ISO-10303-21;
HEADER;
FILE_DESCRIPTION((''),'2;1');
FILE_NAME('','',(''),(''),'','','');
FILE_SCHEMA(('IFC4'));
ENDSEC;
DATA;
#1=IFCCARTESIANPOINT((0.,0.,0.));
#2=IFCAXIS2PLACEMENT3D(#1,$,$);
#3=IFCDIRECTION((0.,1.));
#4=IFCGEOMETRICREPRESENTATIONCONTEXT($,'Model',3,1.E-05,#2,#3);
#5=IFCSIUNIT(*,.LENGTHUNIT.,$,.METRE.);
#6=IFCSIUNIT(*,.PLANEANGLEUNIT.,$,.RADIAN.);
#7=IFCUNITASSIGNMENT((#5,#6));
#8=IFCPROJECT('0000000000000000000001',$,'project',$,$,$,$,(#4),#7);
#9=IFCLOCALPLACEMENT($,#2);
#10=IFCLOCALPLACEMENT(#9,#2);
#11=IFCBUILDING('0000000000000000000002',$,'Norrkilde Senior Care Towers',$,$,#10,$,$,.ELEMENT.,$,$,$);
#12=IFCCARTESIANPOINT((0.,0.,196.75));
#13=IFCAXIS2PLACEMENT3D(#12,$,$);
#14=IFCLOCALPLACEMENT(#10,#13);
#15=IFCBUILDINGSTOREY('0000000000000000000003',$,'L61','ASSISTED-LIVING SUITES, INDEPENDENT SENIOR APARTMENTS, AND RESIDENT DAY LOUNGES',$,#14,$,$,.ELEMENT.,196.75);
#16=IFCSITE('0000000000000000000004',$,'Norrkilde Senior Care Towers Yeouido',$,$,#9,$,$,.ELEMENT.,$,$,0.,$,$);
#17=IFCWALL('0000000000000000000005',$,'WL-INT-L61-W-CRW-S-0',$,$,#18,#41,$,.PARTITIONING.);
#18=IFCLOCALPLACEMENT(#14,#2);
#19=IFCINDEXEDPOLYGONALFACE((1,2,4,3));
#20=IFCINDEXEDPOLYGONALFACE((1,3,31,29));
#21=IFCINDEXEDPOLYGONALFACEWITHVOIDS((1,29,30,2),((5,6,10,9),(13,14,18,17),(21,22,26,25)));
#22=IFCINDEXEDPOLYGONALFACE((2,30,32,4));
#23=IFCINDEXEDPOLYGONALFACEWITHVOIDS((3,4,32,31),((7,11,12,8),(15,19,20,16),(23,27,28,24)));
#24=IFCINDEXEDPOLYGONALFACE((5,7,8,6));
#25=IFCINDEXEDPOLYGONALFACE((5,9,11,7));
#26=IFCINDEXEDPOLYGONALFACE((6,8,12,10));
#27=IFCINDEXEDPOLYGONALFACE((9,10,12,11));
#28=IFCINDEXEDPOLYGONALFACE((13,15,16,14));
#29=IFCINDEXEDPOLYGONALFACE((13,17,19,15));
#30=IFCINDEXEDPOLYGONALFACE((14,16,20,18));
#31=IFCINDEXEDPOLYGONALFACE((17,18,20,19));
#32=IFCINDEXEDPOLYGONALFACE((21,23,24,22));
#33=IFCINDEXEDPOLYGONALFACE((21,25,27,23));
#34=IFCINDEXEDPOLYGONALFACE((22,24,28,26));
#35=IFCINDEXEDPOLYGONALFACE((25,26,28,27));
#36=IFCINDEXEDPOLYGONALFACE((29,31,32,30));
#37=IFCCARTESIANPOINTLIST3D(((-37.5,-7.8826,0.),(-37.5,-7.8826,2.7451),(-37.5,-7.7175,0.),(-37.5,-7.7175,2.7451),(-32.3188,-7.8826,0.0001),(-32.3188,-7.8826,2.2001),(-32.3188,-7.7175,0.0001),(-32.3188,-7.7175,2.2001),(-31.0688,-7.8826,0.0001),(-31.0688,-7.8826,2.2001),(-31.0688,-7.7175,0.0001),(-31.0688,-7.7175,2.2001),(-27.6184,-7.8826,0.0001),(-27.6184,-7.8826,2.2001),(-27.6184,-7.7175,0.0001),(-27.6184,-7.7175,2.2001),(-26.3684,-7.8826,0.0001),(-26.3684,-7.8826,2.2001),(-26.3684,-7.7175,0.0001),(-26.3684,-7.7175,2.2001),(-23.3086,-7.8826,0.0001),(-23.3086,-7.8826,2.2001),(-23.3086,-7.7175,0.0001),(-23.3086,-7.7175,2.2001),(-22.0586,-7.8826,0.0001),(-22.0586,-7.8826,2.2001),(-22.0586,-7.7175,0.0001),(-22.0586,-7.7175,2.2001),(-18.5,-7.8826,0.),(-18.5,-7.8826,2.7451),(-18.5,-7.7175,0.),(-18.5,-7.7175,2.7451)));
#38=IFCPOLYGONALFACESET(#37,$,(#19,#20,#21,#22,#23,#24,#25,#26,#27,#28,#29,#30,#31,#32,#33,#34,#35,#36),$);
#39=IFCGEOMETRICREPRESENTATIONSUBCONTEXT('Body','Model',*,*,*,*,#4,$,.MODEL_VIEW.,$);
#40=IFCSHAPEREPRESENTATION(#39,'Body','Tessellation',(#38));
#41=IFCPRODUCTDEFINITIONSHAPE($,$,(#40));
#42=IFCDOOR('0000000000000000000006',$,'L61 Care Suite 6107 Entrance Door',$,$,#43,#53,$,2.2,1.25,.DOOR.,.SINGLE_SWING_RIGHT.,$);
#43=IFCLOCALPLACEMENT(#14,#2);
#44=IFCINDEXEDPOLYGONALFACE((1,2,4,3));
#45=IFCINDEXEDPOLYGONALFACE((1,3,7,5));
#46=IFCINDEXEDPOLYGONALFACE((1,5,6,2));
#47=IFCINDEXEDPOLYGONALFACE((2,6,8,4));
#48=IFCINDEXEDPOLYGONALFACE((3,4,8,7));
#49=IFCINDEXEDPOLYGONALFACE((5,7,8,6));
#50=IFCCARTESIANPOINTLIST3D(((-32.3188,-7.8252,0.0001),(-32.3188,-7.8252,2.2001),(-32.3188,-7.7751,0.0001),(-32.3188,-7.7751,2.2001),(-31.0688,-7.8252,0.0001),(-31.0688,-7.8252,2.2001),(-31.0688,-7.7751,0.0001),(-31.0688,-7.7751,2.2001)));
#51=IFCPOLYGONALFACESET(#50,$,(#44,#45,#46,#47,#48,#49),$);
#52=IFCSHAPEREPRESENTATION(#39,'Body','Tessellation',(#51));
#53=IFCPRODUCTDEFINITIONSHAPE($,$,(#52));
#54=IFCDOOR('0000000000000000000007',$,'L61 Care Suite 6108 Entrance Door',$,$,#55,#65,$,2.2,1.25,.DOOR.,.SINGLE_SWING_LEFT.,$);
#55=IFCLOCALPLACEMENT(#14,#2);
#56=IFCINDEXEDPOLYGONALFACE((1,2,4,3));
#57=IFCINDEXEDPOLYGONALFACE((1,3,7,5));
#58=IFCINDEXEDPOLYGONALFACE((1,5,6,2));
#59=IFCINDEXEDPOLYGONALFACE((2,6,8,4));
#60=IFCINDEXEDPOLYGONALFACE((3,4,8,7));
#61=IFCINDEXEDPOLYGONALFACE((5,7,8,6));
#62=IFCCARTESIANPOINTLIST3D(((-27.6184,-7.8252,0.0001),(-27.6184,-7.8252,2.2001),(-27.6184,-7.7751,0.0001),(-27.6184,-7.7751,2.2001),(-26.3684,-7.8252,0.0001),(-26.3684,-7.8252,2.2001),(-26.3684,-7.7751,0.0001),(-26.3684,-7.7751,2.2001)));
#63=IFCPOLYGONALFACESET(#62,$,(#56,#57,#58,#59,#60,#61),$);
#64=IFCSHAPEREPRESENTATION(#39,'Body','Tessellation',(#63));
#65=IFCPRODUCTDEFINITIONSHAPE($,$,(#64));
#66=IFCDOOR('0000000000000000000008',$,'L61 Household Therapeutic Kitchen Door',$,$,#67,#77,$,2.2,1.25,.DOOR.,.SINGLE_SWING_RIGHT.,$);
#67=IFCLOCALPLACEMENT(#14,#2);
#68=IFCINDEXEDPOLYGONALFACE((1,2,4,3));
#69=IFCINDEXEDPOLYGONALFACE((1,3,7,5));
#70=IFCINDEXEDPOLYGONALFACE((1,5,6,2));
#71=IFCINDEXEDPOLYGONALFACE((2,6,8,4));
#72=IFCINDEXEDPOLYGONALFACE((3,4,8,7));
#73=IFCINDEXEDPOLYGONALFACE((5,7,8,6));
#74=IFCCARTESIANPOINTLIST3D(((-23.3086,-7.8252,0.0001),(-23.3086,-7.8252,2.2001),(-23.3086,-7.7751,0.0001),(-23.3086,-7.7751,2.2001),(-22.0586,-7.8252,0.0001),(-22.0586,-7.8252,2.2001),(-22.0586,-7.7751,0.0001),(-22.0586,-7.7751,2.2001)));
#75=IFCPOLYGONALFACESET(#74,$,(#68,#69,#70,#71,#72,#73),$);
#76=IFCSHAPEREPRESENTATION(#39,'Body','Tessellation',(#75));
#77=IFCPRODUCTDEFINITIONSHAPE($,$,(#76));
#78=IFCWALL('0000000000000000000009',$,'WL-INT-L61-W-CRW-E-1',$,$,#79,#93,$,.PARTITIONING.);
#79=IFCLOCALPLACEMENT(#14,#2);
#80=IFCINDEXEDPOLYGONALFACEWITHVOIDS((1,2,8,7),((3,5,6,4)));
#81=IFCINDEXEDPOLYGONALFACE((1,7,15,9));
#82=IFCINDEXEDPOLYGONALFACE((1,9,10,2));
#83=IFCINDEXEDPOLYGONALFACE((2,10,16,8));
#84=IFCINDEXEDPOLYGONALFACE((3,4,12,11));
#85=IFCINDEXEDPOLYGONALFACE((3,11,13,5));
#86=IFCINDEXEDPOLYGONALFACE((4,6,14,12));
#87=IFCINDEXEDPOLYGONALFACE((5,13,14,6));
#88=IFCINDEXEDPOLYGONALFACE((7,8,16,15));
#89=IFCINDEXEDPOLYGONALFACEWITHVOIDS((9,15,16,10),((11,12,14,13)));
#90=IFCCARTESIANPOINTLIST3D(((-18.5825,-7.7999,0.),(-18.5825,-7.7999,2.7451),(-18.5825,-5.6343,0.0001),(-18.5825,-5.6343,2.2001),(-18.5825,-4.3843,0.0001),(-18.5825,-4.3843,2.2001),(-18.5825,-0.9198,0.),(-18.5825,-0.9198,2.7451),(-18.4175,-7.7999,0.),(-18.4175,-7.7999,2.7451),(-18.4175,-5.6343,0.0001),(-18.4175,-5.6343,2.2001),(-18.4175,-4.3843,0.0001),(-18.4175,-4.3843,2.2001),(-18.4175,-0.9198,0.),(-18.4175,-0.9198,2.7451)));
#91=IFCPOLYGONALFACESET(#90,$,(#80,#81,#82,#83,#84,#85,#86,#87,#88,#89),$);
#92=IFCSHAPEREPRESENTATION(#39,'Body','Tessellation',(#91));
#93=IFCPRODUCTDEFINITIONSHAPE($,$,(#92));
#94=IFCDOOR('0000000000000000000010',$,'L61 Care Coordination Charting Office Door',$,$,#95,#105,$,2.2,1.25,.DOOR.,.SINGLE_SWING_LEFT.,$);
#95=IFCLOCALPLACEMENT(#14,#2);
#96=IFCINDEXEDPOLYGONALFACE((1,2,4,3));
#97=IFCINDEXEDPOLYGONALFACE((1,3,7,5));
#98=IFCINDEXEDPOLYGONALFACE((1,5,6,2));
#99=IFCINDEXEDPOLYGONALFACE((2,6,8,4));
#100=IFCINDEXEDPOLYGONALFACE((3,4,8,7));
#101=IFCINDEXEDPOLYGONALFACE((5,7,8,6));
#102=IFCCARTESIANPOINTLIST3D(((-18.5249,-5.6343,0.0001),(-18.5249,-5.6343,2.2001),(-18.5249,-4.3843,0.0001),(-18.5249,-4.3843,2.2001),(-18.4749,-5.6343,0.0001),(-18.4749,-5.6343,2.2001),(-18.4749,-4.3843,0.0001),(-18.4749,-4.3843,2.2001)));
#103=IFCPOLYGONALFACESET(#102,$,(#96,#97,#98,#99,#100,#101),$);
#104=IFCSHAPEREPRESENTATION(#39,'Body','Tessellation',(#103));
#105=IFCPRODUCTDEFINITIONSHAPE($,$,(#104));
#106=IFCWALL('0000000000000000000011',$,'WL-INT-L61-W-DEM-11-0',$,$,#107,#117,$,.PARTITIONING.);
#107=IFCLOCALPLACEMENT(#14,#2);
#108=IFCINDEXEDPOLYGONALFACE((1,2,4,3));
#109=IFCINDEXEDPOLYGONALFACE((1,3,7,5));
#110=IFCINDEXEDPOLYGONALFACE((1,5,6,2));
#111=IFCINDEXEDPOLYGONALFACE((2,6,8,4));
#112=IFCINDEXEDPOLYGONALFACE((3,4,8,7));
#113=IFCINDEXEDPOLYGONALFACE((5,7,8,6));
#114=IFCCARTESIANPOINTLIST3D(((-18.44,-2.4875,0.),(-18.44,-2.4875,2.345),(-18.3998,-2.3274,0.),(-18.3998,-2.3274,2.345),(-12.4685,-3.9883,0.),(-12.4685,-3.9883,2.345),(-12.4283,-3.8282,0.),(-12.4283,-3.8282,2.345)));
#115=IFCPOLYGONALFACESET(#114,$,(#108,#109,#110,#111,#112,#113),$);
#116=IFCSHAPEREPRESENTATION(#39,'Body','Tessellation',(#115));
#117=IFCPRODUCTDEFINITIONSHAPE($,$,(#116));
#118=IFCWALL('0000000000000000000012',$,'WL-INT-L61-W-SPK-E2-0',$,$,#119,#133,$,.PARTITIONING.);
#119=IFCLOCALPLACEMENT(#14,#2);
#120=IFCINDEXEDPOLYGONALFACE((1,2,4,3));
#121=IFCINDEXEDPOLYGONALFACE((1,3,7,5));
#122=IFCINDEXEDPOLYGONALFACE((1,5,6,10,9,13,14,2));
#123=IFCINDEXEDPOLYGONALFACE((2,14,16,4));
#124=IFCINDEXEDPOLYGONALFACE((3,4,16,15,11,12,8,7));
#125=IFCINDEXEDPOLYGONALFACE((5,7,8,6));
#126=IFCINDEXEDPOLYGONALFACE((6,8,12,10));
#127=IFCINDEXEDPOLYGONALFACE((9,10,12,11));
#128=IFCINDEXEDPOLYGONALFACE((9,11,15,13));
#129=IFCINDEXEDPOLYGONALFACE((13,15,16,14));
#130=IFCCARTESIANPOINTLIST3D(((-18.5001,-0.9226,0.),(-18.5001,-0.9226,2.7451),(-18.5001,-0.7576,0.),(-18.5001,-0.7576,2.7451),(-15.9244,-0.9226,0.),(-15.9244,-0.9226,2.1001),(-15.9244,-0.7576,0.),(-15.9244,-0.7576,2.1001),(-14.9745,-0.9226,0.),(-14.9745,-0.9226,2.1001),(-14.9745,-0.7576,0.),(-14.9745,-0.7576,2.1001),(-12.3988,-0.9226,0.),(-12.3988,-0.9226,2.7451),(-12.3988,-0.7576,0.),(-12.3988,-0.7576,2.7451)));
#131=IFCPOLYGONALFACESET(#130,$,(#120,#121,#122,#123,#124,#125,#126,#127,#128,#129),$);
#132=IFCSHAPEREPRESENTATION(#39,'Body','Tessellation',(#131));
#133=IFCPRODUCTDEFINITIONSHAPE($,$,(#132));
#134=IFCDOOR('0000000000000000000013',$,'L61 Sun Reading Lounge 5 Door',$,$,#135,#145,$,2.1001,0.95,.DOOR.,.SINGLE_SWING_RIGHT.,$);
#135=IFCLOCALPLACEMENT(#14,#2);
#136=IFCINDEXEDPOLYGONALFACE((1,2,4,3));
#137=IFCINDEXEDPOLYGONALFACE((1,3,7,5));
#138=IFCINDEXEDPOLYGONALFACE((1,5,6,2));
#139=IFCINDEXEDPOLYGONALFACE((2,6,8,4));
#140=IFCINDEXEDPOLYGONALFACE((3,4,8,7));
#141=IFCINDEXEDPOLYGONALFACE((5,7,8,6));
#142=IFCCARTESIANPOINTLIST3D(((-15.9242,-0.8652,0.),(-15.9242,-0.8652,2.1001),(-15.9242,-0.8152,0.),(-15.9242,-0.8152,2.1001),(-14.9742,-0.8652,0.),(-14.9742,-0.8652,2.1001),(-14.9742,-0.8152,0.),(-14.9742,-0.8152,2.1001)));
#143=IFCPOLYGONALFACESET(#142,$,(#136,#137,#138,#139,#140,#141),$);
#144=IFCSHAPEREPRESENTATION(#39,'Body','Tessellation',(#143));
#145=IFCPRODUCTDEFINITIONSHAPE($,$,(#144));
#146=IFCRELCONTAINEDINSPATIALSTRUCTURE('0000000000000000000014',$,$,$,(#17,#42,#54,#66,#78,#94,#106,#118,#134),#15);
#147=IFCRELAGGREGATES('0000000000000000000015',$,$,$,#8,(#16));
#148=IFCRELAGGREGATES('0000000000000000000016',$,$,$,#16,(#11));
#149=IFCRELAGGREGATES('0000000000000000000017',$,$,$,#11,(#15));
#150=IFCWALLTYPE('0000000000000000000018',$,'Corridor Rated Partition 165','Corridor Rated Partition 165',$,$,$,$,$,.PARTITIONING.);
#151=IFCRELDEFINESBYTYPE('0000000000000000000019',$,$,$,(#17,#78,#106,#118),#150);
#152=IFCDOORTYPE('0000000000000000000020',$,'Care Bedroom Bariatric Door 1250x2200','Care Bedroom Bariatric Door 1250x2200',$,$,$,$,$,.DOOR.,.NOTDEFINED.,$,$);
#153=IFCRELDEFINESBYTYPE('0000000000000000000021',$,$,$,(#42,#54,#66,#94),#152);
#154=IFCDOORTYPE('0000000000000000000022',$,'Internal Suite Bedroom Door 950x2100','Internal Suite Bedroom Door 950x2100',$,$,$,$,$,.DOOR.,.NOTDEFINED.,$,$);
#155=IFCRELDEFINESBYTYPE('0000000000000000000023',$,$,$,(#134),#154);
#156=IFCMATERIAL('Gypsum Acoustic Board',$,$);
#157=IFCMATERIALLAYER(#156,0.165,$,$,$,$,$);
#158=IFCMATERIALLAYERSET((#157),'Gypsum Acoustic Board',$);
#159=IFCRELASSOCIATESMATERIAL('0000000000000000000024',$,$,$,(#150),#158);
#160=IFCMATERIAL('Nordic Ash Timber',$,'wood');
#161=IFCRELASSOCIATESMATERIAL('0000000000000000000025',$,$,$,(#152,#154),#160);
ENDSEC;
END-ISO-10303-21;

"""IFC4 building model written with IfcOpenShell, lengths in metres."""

from ifc_helpers import new_model, si_unit, direction, frame, frame_2d, origin, place, context, subcontext, project, spatial, rectangle, extrude, source, transform, mapped, material, layer, layer_set, type_object, type_shapes, element, fill, save


model = new_model("IFC4")

# Units and contexts
model_context = context("Model", 3, precision=1e-05, world=origin(), true_north=direction((0.0, 1.0)))
body_context = subcontext(model_context, "Body", "Model", "MODEL_VIEW")
ifc_project = project(units=[si_unit("LENGTHUNIT", "METRE"), si_unit("PLANEANGLEUNIT", "RADIAN")], contexts=[model_context])

# Site, building, storey
site_placement = place(None, origin())
site = spatial("IfcSite", under=ifc_project, at=site_placement, Name="Norrkilde Senior Care Towers Yeouido", CompositionType="ELEMENT", RefElevation=0.0)
building_placement = place(site_placement, origin())
building = spatial("IfcBuilding", under=site, at=building_placement, Name="Norrkilde Senior Care Towers", CompositionType="ELEMENT")
storey_placement = place(building_placement, frame((0.0, 0.0, 196.75)))
storey = spatial("IfcBuildingStorey", under=building, at=storey_placement, Name="L61", Description="ASSISTED-LIVING SUITES, INDEPENDENT SENIOR APARTMENTS, AND RESIDENT DAY LOUNGES", CompositionType="ELEMENT", Elevation=196.75)

# Wall, openings, doors
ifc_material_1 = material(Name="Gypsum Acoustic Board")
ifc_layer_1 = layer(ifc_material_1, 0.165)
ifc_layer_set_1 = layer_set([ifc_layer_1], Name="Gypsum Acoustic Board")
wall_type_1 = type_object("IfcWallType", Name="Corridor Rated Partition 165", Description="Corridor Rated Partition 165", PredefinedType="PARTITIONING", material=ifc_layer_set_1)
shared_shape_1 = source(origin(), body_context, "Body", "SweptSolid", [
    extrude(rectangle(XDim=19.0, YDim=0.165, at=frame_2d((9.5, 0.0))), origin(), (0.0, 0.0, 1.0), 2.7451),
])
wall_1_placement = place(storey_placement, frame((-18.5, -7.8, 0.0), z_axis=(0.0, 0.0, 1.0), x_axis=(-1.0, 0.0, 0.0)))
wall_1 = element("IfcWall", 1, at=wall_1_placement, inside=storey, type_object=wall_type_1, Name="WL-INT-L61-W-CRW-S-0", PredefinedType="PARTITIONING", context=body_context, shape_type="MappedRepresentation", body=[
    mapped(shared_shape_1, transform((0.0, 0.0, 0.0), x_axis=(1.0, 0.0, 0.0), y_axis=(0.0, 1.0, 0.0), z_axis=(0.0, 0.0, 1.0), scale=1.0)),
])
opening_1_placement = place(wall_1_placement, frame((12.5688, 0.0, 0.0)))
opening_1 = element("IfcOpeningElement", 2, at=opening_1_placement, cuts=wall_1, PredefinedType="OPENING", context=body_context, shape_type="SweptSolid", body=[
    extrude(rectangle(XDim=1.25, YDim=2.2, at=frame_2d((0.625, 1.1001))), frame((0.0, 0.0925, 0.0), z_axis=(0.0, -1.0, 0.0), x_axis=(1.0, 0.0, 0.0)), (0.0, 0.0, 1.0), 0.1851),
])
opening_2_placement = place(wall_1_placement, frame((7.8684, 0.0, 0.0)))
opening_2 = element("IfcOpeningElement", 3, at=opening_2_placement, cuts=wall_1, PredefinedType="OPENING", context=body_context, shape_type="SweptSolid", body=[
    extrude(rectangle(XDim=1.25, YDim=2.2, at=frame_2d((0.625, 1.1001))), frame((0.0, 0.0925, 0.0), z_axis=(0.0, -1.0, 0.0), x_axis=(1.0, 0.0, 0.0)), (0.0, 0.0, 1.0), 0.1851),
])
opening_3_placement = place(wall_1_placement, frame((3.5586, 0.0, 0.0)))
opening_3 = element("IfcOpeningElement", 4, at=opening_3_placement, cuts=wall_1, PredefinedType="OPENING", context=body_context, shape_type="SweptSolid", body=[
    extrude(rectangle(XDim=1.25, YDim=2.2, at=frame_2d((0.625, 1.1001))), frame((0.0, 0.0925, 0.0), z_axis=(0.0, -1.0, 0.0), x_axis=(1.0, 0.0, 0.0)), (0.0, 0.0, 1.0), 0.1851),
])
ifc_material_2 = material(Name="Nordic Ash Timber", Category="wood")
door_type_1 = type_object("IfcDoorType", Name="Care Bedroom Bariatric Door 1250x2200", Description="Care Bedroom Bariatric Door 1250x2200", OperationType="NOTDEFINED", PredefinedType="DOOR", material=ifc_material_2)
shared_shape_2 = source(origin(), body_context, "Body", "SweptSolid", [
    extrude(rectangle(XDim=1.25, YDim=2.2, at=frame_2d((0.625, 1.1001))), frame((0.0, 0.0249, 0.0), z_axis=(0.0, -1.0, 0.0), x_axis=(1.0, 0.0, 0.0)), (0.0, 0.0, 1.0), 0.05),
])
type_shapes(door_type_1, [shared_shape_2])
door_1_placement = place(opening_1_placement, frame((1.25, 0.0, 0.0), z_axis=(0.0, 0.0, 1.0), x_axis=(-1.0, 0.0, 0.0)))
door_1 = element("IfcDoor", 5, at=door_1_placement, inside=storey, type_object=door_type_1, Name="L61 Care Suite 6107 Entrance Door", OperationType="SINGLE_SWING_RIGHT", OverallHeight=2.2, OverallWidth=1.25, PredefinedType="DOOR", context=body_context, shape_type="MappedRepresentation", body=[
    mapped(shared_shape_2, transform((0.0, 0.0, 0.0), x_axis=(1.0, 0.0, 0.0), y_axis=(0.0, 1.0, 0.0), z_axis=(0.0, 0.0, 1.0), scale=1.0)),
])
fill(opening_1, door_1)
door_2_placement = place(opening_2_placement, frame((1.25, 0.0, 0.0), z_axis=(0.0, 0.0, 1.0), x_axis=(-1.0, 0.0, 0.0)))
door_2 = element("IfcDoor", 6, at=door_2_placement, inside=storey, type_object=door_type_1, Name="L61 Care Suite 6108 Entrance Door", OperationType="SINGLE_SWING_LEFT", OverallHeight=2.2, OverallWidth=1.25, PredefinedType="DOOR", context=body_context, shape_type="MappedRepresentation", body=[
    mapped(shared_shape_2, transform((0.0, 0.0, 0.0), x_axis=(1.0, 0.0, 0.0), y_axis=(0.0, 1.0, 0.0), z_axis=(0.0, 0.0, 1.0), scale=1.0)),
])
fill(opening_2, door_2)
door_3_placement = place(opening_3_placement, frame((1.25, 0.0, 0.0), z_axis=(0.0, 0.0, 1.0), x_axis=(-1.0, 0.0, 0.0)))
door_3 = element("IfcDoor", 7, at=door_3_placement, inside=storey, type_object=door_type_1, Name="L61 Household Therapeutic Kitchen Door", OperationType="SINGLE_SWING_RIGHT", OverallHeight=2.2, OverallWidth=1.25, PredefinedType="DOOR", context=body_context, shape_type="MappedRepresentation", body=[
    mapped(shared_shape_2, transform((0.0, 0.0, 0.0), x_axis=(1.0, 0.0, 0.0), y_axis=(0.0, 1.0, 0.0), z_axis=(0.0, 0.0, 1.0), scale=1.0)),
])
fill(opening_3, door_3)

# Wall, opening, door
shared_shape_3 = source(origin(), body_context, "Body", "SweptSolid", [
    extrude(rectangle(XDim=6.8801, YDim=0.165, at=frame_2d((3.4399, 0.0))), origin(), (0.0, 0.0, 1.0), 2.7451),
])
wall_2_placement = place(storey_placement, frame((-18.5, -0.9199, 0.0), z_axis=(0.0, 0.0, 1.0), x_axis=(0.0, -1.0, 0.0)))
wall_2 = element("IfcWall", 8, at=wall_2_placement, inside=storey, type_object=wall_type_1, Name="WL-INT-L61-W-CRW-E-1", PredefinedType="PARTITIONING", context=body_context, shape_type="MappedRepresentation", body=[
    mapped(shared_shape_3, transform((0.0, 0.0, 0.0), x_axis=(1.0, 0.0, 0.0), y_axis=(0.0, 1.0, 0.0), z_axis=(0.0, 0.0, 1.0), scale=1.0)),
])
opening_4_placement = place(wall_2_placement, frame((3.4644, 0.0, 0.0)))
opening_4 = element("IfcOpeningElement", 9, at=opening_4_placement, cuts=wall_2, PredefinedType="OPENING", context=body_context, shape_type="SweptSolid", body=[
    extrude(rectangle(XDim=1.25, YDim=2.2, at=frame_2d((0.625, 1.1001))), frame((0.0, 0.0925, 0.0), z_axis=(0.0, -1.0, 0.0), x_axis=(1.0, 0.0, 0.0)), (0.0, 0.0, 1.0), 0.1851),
])
door_4_placement = place(opening_4_placement, frame((1.25, 0.0, 0.0), z_axis=(0.0, 0.0, 1.0), x_axis=(-1.0, 0.0, 0.0)))
door_4 = element("IfcDoor", 10, at=door_4_placement, inside=storey, type_object=door_type_1, Name="L61 Care Coordination Charting Office Door", OperationType="SINGLE_SWING_LEFT", OverallHeight=2.2, OverallWidth=1.25, PredefinedType="DOOR", context=body_context, shape_type="MappedRepresentation", body=[
    mapped(shared_shape_2, transform((0.0, 0.0, 0.0), x_axis=(1.0, 0.0, 0.0), y_axis=(0.0, 1.0, 0.0), z_axis=(0.0, 0.0, 1.0), scale=1.0)),
])
fill(opening_4, door_4)

# Wall
shared_shape_4 = source(origin(), body_context, "Body", "SweptSolid", [
    extrude(rectangle(XDim=6.1572, YDim=0.165, at=frame_2d((3.0786, 0.0))), origin(), (0.0, 0.0, 1.0), 2.345),
])
wall_3_placement = place(storey_placement, frame((-18.4199, -2.4075, 0.0), z_axis=(0.0, 0.0, 1.0), x_axis=(0.969841, -0.243739, 0.0)))
element("IfcWall", 11, at=wall_3_placement, inside=storey, type_object=wall_type_1, Name="WL-INT-L61-W-DEM-11-0", PredefinedType="PARTITIONING", context=body_context, shape_type="MappedRepresentation", body=[
    mapped(shared_shape_4, transform((0.0, 0.0, 0.0), x_axis=(1.0, 0.0, 0.0), y_axis=(0.0, 1.0, 0.0), z_axis=(0.0, 0.0, 1.0), scale=1.0)),
])

# Wall, opening, door
shared_shape_5 = source(origin(), body_context, "Body", "SweptSolid", [
    extrude(rectangle(XDim=6.1013, YDim=0.165, at=frame_2d((3.0508, 0.0))), origin(), (0.0, 0.0, 1.0), 2.7451),
])
type_shapes(wall_type_1, [shared_shape_1, shared_shape_3, shared_shape_4, shared_shape_5])
wall_4_placement = place(storey_placement, frame((-12.3987, -0.8401, 0.0), z_axis=(0.0, 0.0, 1.0), x_axis=(-1.0, 0.0, 0.0)))
wall_4 = element("IfcWall", 12, at=wall_4_placement, inside=storey, type_object=wall_type_1, Name="WL-INT-L61-W-SPK-E2-0", PredefinedType="PARTITIONING", context=body_context, shape_type="MappedRepresentation", body=[
    mapped(shared_shape_5, transform((0.0, 0.0, 0.0), x_axis=(1.0, 0.0, 0.0), y_axis=(0.0, 1.0, 0.0), z_axis=(0.0, 0.0, 1.0), scale=1.0)),
])
opening_5_placement = place(wall_4_placement, frame((2.5757, 0.0, 0.0)))
opening_5 = element("IfcOpeningElement", 13, at=opening_5_placement, cuts=wall_4, PredefinedType="OPENING", context=body_context, shape_type="SweptSolid", body=[
    extrude(rectangle(XDim=0.95, YDim=2.1001, at=frame_2d((0.4751, 1.05))), frame((0.0, 0.0925, 0.0), z_axis=(0.0, -1.0, 0.0), x_axis=(1.0, 0.0, 0.0)), (0.0, 0.0, 1.0), 0.1851),
])
door_type_2 = type_object("IfcDoorType", Name="Internal Suite Bedroom Door 950x2100", Description="Internal Suite Bedroom Door 950x2100", OperationType="NOTDEFINED", PredefinedType="DOOR", material=ifc_material_2)
shared_shape_6 = source(origin(), body_context, "Body", "SweptSolid", [
    extrude(rectangle(XDim=0.95, YDim=2.1001, at=frame_2d((0.4751, 1.05))), frame((0.0, 0.0249, 0.0), z_axis=(0.0, -1.0, 0.0), x_axis=(1.0, 0.0, 0.0)), (0.0, 0.0, 1.0), 0.05),
])
type_shapes(door_type_2, [shared_shape_6])
door_5_placement = place(opening_5_placement, frame((0.95, 0.0, 0.0), z_axis=(0.0, 0.0, 1.0), x_axis=(-1.0, 0.0, 0.0)))
door_5 = element("IfcDoor", 14, at=door_5_placement, inside=storey, type_object=door_type_2, Name="L61 Sun Reading Lounge 5 Door", OperationType="SINGLE_SWING_RIGHT", OverallHeight=2.1001, OverallWidth=0.95, PredefinedType="DOOR", context=body_context, shape_type="MappedRepresentation", body=[
    mapped(shared_shape_6, transform((0.0, 0.0, 0.0), x_axis=(1.0, 0.0, 0.0), y_axis=(0.0, 1.0, 0.0), z_axis=(0.0, 0.0, 1.0), scale=1.0)),
])
fill(opening_5, door_5)

save(model, "model.ifc")
